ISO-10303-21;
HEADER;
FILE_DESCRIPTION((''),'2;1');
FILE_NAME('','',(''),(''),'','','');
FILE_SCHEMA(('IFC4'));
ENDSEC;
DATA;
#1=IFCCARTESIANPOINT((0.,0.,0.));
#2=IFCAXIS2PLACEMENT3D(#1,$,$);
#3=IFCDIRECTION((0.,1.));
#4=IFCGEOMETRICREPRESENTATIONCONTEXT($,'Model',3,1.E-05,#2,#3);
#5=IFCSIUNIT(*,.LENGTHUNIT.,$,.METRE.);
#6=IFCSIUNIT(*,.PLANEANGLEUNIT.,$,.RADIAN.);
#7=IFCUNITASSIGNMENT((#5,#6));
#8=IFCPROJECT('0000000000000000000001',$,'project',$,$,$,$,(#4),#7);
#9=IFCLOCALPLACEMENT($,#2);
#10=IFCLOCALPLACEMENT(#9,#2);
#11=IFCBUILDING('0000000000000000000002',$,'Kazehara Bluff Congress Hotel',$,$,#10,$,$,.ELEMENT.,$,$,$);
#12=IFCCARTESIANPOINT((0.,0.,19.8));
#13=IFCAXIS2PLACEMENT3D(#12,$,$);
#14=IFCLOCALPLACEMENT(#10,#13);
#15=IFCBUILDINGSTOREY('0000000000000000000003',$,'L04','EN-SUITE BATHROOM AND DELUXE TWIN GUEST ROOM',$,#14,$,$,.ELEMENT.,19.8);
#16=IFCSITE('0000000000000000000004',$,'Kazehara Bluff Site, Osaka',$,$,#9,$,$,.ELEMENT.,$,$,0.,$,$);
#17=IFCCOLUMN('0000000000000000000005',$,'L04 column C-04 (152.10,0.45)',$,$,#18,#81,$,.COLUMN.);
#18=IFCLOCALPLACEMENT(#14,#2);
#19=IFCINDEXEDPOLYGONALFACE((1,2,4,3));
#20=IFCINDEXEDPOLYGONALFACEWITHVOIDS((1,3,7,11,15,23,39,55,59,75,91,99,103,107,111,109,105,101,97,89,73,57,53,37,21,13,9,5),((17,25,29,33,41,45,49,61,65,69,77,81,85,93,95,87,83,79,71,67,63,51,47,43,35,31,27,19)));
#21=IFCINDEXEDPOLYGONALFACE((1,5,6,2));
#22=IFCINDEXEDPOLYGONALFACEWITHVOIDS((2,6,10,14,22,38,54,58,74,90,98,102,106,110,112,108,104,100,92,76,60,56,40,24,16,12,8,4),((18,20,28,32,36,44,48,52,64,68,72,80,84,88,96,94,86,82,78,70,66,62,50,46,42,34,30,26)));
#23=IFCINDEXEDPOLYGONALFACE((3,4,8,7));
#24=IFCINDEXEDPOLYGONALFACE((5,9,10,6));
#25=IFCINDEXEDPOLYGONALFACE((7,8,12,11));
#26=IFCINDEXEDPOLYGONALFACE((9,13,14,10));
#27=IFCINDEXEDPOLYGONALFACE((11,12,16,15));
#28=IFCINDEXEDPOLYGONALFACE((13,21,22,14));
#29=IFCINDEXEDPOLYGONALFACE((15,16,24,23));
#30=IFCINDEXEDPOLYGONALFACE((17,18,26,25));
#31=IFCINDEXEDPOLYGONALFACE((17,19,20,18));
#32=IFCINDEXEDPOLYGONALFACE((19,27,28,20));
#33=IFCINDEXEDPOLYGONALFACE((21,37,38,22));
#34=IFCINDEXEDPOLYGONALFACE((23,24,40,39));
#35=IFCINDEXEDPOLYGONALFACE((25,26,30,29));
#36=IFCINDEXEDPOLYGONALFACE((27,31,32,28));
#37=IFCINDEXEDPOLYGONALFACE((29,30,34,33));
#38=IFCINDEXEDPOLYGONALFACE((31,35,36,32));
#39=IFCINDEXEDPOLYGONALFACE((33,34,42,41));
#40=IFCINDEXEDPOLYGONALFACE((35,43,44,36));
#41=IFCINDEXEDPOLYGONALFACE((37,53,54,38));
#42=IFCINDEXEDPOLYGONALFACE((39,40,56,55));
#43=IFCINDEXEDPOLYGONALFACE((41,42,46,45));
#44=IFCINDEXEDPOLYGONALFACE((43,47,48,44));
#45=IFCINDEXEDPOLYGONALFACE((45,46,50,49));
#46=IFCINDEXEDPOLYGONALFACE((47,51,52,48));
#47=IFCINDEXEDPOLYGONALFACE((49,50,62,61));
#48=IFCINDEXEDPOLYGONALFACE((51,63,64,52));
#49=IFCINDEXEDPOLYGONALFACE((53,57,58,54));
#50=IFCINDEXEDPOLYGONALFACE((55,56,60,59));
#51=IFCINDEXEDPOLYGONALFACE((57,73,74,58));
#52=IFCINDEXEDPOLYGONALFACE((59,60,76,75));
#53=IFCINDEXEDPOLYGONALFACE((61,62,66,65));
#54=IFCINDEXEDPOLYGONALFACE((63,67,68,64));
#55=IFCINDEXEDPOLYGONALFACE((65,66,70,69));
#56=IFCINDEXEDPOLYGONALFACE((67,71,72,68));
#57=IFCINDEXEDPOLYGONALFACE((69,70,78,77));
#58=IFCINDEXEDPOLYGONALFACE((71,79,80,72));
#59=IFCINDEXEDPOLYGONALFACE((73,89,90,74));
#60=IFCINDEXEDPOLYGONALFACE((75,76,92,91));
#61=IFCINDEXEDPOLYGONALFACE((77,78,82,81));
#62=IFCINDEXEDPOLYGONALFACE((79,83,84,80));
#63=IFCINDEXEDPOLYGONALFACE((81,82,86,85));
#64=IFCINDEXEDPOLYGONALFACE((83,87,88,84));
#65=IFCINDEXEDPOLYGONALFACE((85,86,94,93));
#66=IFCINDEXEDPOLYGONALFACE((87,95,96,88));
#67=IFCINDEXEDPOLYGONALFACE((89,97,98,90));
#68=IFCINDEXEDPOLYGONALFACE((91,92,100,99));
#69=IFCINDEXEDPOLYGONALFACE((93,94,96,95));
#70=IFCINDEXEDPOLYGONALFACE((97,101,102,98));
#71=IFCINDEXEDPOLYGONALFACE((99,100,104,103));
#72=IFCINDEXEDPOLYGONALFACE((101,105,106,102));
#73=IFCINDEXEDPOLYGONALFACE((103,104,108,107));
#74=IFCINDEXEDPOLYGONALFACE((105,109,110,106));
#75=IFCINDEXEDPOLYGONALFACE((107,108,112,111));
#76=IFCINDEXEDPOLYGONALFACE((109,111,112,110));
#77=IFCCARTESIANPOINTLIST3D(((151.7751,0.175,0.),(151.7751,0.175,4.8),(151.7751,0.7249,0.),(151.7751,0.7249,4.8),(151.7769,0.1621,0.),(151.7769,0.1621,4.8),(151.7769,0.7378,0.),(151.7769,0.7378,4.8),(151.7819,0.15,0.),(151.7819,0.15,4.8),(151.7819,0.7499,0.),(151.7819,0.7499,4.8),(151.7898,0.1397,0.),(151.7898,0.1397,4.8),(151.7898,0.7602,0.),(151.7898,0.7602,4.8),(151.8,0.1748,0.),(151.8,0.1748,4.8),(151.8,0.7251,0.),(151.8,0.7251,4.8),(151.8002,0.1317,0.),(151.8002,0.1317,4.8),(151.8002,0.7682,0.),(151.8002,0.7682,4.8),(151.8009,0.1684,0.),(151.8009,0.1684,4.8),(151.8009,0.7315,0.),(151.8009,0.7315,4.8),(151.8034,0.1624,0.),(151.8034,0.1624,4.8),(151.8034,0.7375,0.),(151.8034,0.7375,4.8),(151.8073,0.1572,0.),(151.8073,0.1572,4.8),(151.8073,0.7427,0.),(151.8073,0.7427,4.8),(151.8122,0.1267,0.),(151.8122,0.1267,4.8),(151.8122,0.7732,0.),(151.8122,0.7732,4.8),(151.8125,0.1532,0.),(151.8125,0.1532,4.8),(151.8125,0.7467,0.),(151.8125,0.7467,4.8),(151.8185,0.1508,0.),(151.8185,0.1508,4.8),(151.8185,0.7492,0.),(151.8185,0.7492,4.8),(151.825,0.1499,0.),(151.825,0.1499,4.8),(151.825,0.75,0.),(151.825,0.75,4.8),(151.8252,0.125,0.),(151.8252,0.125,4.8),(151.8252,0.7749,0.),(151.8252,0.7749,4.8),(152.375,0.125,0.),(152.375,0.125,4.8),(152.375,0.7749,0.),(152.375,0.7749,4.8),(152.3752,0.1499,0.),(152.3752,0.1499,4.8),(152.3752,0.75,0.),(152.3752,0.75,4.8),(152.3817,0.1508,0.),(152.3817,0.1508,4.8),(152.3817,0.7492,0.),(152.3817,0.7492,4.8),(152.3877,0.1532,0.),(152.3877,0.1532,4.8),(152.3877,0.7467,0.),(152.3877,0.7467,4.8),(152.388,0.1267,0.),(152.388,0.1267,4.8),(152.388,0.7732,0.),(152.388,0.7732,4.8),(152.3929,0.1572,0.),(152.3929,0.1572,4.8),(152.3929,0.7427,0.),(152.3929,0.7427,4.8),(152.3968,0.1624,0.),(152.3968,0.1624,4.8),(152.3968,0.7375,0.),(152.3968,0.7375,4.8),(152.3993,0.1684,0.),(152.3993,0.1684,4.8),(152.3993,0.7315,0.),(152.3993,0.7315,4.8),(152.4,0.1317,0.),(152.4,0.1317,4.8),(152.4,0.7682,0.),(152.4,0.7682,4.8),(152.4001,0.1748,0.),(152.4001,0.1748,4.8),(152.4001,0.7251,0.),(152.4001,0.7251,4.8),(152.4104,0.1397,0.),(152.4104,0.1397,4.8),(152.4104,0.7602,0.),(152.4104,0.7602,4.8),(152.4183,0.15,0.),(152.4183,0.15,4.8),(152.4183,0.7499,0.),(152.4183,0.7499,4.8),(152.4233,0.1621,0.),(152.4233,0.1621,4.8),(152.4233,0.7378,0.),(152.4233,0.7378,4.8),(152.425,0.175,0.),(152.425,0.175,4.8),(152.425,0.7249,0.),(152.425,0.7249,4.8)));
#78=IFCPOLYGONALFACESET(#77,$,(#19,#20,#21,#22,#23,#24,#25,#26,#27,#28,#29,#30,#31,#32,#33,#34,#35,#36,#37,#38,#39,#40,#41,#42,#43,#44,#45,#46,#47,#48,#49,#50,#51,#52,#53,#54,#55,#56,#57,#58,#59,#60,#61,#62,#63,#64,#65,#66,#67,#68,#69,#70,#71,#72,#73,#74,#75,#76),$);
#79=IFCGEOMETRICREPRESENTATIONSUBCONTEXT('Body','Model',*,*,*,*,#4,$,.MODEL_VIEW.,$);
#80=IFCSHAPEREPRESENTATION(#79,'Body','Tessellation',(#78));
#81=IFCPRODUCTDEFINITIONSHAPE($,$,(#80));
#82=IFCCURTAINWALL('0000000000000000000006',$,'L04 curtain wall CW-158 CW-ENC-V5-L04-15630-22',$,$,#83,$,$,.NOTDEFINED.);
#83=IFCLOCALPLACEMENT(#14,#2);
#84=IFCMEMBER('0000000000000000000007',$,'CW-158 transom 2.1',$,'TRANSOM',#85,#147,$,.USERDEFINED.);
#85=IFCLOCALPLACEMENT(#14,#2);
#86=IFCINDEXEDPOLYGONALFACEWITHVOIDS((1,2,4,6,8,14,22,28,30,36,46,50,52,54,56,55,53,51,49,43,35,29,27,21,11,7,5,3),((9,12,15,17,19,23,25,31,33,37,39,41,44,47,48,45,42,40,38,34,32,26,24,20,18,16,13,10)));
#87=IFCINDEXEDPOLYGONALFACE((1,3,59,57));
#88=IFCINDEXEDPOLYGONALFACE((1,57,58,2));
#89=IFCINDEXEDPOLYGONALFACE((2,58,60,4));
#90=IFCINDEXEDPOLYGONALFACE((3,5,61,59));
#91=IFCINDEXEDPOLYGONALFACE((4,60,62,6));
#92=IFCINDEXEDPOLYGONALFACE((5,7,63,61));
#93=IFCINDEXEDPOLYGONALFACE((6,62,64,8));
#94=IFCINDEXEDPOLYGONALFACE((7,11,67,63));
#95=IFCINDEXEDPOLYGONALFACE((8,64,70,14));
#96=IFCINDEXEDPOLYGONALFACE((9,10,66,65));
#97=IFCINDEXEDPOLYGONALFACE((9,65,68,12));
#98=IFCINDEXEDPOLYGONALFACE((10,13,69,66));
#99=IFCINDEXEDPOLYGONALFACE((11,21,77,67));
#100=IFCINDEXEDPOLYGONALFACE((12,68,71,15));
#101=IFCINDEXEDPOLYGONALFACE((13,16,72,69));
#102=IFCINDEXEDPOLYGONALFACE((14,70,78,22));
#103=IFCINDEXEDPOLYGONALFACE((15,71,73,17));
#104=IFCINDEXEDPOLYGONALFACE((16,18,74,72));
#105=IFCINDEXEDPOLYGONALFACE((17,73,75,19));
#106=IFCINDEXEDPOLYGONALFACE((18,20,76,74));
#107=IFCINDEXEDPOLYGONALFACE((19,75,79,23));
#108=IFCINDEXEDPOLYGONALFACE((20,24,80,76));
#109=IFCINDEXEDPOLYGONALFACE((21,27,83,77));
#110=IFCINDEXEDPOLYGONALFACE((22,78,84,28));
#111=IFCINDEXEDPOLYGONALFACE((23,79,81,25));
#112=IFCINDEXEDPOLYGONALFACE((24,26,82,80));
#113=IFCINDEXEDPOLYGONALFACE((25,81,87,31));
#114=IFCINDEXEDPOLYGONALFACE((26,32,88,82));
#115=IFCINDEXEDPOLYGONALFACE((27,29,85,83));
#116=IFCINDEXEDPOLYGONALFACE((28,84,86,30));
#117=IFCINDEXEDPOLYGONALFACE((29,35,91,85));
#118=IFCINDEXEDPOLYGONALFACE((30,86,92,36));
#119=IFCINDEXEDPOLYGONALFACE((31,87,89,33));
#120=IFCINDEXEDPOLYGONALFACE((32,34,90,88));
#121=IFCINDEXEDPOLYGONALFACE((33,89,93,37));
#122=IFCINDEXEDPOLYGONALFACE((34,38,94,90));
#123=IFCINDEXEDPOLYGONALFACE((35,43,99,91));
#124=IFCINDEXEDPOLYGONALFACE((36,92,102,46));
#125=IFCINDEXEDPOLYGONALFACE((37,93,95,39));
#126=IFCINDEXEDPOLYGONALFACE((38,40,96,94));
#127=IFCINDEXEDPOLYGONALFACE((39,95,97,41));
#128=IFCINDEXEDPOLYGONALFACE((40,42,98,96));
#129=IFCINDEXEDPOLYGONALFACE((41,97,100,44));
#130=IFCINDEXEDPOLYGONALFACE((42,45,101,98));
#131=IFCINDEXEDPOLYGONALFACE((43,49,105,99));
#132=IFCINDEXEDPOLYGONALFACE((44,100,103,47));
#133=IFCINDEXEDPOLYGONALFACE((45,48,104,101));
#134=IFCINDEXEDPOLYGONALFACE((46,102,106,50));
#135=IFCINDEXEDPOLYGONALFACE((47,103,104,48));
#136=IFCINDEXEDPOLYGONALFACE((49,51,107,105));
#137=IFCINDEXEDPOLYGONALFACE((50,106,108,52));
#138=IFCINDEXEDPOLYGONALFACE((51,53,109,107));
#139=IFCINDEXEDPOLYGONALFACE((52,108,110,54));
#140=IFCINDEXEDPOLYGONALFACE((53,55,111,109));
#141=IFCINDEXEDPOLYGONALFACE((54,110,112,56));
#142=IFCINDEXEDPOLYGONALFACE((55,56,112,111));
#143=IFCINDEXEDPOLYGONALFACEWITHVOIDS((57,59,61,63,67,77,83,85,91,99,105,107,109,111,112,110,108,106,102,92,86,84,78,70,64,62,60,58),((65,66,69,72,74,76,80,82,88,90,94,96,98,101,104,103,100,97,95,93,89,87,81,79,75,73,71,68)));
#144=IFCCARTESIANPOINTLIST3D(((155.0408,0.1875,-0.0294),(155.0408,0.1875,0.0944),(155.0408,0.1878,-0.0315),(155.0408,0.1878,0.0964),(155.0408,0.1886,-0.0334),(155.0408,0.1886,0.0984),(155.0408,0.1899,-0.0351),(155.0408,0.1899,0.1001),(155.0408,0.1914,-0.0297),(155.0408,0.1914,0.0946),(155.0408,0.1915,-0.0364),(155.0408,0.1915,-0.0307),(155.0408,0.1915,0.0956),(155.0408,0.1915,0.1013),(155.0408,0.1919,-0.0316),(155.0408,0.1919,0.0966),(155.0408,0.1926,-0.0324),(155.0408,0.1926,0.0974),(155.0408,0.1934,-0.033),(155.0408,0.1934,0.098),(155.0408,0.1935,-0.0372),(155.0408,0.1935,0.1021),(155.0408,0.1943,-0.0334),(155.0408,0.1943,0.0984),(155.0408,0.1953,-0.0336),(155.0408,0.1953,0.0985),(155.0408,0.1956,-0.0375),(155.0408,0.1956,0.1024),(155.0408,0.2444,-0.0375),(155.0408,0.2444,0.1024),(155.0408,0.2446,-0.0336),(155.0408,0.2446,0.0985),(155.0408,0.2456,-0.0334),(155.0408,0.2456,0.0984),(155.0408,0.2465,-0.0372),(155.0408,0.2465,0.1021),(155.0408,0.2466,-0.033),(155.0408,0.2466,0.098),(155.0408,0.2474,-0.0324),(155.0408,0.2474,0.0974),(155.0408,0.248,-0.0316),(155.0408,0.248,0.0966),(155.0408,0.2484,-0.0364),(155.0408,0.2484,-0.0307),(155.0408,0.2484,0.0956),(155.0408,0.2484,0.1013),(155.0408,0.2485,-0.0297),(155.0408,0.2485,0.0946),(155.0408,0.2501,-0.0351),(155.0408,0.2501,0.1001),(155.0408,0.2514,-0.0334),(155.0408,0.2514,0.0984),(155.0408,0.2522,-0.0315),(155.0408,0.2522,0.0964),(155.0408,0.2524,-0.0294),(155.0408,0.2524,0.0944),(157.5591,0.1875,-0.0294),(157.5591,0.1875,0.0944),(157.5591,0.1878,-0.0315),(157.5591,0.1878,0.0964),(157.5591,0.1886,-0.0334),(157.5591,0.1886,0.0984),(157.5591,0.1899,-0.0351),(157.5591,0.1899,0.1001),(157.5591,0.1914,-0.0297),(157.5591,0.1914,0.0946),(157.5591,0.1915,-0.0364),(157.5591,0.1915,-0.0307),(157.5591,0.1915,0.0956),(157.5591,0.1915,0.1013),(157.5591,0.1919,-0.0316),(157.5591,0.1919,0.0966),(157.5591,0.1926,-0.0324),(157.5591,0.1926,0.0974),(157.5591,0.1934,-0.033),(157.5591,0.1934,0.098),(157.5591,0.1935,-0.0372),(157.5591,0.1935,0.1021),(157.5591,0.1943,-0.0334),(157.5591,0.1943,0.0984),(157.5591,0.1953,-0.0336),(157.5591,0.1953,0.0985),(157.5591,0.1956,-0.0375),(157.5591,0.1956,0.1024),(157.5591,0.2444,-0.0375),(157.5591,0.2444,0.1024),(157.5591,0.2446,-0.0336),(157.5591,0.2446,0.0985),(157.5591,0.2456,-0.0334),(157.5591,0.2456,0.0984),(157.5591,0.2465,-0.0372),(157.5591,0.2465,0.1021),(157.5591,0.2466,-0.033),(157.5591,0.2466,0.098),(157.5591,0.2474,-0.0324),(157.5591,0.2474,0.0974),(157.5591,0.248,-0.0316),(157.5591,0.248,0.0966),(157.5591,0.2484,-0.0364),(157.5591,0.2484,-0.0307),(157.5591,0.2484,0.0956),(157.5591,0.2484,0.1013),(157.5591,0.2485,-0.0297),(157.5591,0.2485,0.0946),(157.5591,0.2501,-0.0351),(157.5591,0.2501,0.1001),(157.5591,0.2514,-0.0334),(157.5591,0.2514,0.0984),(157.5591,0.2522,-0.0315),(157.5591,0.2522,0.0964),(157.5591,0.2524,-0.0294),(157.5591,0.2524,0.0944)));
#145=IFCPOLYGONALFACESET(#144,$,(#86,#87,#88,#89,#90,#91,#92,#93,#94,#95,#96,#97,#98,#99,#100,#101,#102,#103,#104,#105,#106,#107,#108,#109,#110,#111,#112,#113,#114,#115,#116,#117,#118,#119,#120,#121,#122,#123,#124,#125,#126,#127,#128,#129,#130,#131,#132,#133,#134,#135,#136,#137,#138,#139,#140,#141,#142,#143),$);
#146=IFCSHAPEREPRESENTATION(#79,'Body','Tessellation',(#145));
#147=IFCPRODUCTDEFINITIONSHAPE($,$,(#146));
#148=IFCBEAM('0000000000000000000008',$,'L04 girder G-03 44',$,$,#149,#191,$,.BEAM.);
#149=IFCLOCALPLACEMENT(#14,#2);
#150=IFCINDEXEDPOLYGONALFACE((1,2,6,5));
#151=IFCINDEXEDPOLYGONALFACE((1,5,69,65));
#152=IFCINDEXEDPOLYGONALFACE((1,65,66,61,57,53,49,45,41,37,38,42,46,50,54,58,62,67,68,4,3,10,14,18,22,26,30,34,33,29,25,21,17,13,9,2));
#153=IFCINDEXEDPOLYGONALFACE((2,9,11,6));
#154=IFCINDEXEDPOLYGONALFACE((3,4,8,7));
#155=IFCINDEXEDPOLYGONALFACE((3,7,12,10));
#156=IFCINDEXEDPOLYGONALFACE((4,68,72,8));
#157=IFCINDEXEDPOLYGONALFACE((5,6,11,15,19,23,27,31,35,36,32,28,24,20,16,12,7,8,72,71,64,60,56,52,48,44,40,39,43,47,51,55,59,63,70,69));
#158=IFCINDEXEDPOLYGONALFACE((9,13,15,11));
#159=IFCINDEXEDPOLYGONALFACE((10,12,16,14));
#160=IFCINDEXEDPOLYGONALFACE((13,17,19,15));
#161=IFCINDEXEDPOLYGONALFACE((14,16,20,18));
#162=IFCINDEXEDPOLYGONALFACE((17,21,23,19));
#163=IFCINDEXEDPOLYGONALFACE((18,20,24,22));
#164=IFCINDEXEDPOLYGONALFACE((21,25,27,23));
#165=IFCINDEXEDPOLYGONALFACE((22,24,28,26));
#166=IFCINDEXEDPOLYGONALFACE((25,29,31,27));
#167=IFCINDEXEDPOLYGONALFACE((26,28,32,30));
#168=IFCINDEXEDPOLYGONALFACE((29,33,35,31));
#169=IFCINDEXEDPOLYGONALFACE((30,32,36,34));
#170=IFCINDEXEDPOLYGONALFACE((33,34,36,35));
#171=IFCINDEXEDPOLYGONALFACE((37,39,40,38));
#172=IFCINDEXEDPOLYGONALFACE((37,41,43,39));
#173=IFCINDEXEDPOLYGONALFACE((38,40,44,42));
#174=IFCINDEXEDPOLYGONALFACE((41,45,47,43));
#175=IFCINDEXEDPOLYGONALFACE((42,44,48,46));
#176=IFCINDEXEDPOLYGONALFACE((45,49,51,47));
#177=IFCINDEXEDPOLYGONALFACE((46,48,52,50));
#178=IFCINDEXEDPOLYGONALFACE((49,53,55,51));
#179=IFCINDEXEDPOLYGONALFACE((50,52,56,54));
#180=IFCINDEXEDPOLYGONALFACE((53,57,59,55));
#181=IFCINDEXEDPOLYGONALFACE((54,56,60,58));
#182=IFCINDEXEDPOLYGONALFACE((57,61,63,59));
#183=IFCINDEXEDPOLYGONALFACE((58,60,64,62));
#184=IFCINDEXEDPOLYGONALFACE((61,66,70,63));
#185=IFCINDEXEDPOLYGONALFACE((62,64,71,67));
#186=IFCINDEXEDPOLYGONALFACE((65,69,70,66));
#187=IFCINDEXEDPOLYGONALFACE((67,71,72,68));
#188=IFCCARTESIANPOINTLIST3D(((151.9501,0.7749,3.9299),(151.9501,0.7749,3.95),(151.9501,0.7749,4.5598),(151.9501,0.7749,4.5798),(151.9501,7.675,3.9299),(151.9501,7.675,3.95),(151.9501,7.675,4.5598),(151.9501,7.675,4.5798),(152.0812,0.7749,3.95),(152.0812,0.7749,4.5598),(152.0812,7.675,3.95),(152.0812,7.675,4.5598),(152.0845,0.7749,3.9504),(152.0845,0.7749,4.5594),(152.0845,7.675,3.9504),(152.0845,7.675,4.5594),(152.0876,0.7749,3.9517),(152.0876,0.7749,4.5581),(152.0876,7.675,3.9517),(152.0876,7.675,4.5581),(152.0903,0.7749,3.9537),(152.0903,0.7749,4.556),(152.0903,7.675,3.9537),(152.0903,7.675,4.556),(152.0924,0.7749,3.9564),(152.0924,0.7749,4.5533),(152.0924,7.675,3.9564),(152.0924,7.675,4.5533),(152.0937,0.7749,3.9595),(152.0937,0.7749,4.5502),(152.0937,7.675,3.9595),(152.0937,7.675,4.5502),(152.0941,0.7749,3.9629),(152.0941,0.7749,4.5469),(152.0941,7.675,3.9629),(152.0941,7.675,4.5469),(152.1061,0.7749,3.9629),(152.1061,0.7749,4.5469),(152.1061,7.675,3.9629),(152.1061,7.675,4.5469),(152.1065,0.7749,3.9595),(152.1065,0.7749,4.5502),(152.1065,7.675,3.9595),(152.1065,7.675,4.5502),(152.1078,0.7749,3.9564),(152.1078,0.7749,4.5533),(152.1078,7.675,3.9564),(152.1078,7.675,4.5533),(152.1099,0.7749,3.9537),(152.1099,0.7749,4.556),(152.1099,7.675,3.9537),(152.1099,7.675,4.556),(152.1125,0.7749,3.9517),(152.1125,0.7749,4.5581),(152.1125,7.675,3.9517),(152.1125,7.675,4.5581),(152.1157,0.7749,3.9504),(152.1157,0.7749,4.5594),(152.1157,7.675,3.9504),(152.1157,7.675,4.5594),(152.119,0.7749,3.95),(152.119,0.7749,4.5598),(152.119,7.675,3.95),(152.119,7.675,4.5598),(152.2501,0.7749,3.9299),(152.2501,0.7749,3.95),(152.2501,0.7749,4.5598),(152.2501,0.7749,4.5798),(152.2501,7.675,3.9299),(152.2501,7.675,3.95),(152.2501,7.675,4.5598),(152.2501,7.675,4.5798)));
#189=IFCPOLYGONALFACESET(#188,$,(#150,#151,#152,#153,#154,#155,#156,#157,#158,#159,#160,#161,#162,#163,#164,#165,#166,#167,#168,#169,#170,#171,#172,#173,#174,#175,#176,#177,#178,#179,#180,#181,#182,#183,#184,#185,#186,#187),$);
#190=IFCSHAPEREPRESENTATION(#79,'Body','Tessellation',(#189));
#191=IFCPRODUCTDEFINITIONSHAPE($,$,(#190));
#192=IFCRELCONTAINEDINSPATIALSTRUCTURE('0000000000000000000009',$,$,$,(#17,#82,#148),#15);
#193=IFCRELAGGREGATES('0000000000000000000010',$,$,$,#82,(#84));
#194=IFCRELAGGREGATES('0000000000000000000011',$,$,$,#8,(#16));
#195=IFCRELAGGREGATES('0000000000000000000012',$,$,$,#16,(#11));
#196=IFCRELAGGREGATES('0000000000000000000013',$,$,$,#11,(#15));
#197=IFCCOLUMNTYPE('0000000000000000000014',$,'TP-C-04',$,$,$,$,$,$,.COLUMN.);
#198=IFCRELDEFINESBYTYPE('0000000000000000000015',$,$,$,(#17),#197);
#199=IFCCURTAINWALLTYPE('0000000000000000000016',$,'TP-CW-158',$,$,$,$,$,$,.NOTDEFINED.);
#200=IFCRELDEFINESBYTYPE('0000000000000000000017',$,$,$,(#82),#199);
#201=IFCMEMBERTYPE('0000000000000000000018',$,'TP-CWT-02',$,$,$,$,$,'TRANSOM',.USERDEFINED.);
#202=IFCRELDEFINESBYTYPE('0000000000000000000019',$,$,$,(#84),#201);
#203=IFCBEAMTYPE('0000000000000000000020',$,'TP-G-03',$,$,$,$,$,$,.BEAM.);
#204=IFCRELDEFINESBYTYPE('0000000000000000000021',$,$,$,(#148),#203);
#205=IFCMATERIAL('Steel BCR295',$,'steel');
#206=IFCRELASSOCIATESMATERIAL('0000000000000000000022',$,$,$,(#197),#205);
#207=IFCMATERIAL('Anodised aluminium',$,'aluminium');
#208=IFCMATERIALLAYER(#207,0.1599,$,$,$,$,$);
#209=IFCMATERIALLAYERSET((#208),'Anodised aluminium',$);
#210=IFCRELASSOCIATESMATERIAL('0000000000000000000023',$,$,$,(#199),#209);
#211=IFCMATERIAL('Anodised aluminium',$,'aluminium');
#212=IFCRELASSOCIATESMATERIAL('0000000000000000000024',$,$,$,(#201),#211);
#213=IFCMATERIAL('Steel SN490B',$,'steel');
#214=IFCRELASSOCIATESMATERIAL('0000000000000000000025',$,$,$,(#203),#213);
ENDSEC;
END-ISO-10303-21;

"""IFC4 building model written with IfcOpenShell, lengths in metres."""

from ifc_helpers import new_model, si_unit, direction, frame, origin, origin_2d, place, context, subcontext, project, spatial, hollow_rectangle, i_section, extrude, material, layer, layer_set, material_profile, profile_set, type_object, element, aggregate, save


model = new_model("IFC4")

# Units and contexts
model_context = context("Model", 3, precision=1e-05, world=origin(), true_north=direction((0.0, 1.0)))
body_context = subcontext(model_context, "Body", "Model", "MODEL_VIEW")
ifc_project = project(units=[si_unit("LENGTHUNIT", "METRE"), si_unit("PLANEANGLEUNIT", "RADIAN")], contexts=[model_context])

# Site, building, storey
site_placement = place(None, origin())
site = spatial("IfcSite", under=ifc_project, at=site_placement, Name="Kazehara Bluff Site, Osaka", CompositionType="ELEMENT", RefElevation=0.0)
building_placement = place(site_placement, origin())
building = spatial("IfcBuilding", under=site, at=building_placement, Name="Kazehara Bluff Congress Hotel", CompositionType="ELEMENT")
storey_placement = place(building_placement, frame((0.0, 0.0, 19.8)))
storey = spatial("IfcBuildingStorey", under=building, at=storey_placement, Name="L04", Description="EN-SUITE BATHROOM AND DELUXE TWIN GUEST ROOM", CompositionType="ELEMENT", Elevation=19.8)

# Column
ifc_material_1 = material(Name="Steel BCR295", Category="steel")
ifc_material_profile_1 = material_profile(ifc_material_1, hollow_rectangle(XDim=0.6499, YDim=0.6499, WallThickness=0.0249, InnerFilletRadius=0.0249, OuterFilletRadius=0.05, at=origin_2d()))
ifc_profile_set_1 = profile_set([ifc_material_profile_1], Name="Steel BCR295")
column_type = type_object("IfcColumnType", Name="TP-C-04", PredefinedType="COLUMN", material=ifc_profile_set_1)
column_placement = place(storey_placement, frame((152.1001, 0.45, 0.0), z_axis=(0.0, 0.0, 1.0), x_axis=(1.0, 0.0, 0.0)))
element("IfcColumn", 1, at=column_placement, inside=storey, type_object=column_type, Name="L04 column C-04 (152.10,0.45)", PredefinedType="COLUMN", context=body_context, shape_type="SweptSolid", body=[
    extrude(hollow_rectangle(XDim=0.6499, YDim=0.6499, WallThickness=0.0249, InnerFilletRadius=0.0249, OuterFilletRadius=0.05, at=origin_2d()), origin(), (0.0, 0.0, 1.0), 4.8),
])

# Curtain wall, member
ifc_material_2 = material(Name="Anodised aluminium", Category="aluminium")
ifc_layer_1 = layer(ifc_material_2, 0.1599)
ifc_layer_set_1 = layer_set([ifc_layer_1], Name="Anodised aluminium")
curtain_wall_type = type_object("IfcCurtainWallType", Name="TP-CW-158", PredefinedType="NOTDEFINED", material=ifc_layer_set_1)
curtain_wall_placement = place(storey_placement, origin())
curtain_wall = element("IfcCurtainWall", 2, at=curtain_wall_placement, inside=storey, type_object=curtain_wall_type, Name="L04 curtain wall CW-158 CW-ENC-V5-L04-15630-22", PredefinedType="NOTDEFINED")
ifc_material_3 = material(Name="Anodised aluminium", Category="aluminium")
ifc_material_profile_2 = material_profile(ifc_material_3, hollow_rectangle(XDim=0.0649, YDim=0.1399, WallThickness=0.0039, InnerFilletRadius=0.0039, OuterFilletRadius=0.0081, at=origin_2d()))
ifc_profile_set_2 = profile_set([ifc_material_profile_2], Name="Anodised aluminium")
member_type = type_object("IfcMemberType", Name="TP-CWT-02", ElementType="TRANSOM", PredefinedType="USERDEFINED", material=ifc_profile_set_2)
member_placement = place(storey_placement, frame((157.5591, 0.22, 0.0325), z_axis=(-1.0, 0.0, 0.0), x_axis=(0.0, -1.0, 0.0)))
member = element("IfcMember", 3, at=member_placement, type_object=member_type, Name="CW-158 transom 2.1", ObjectType="TRANSOM", PredefinedType="USERDEFINED", context=body_context, shape_type="SweptSolid", body=[
    extrude(hollow_rectangle(XDim=0.0649, YDim=0.1399, WallThickness=0.0039, InnerFilletRadius=0.0039, OuterFilletRadius=0.0081, at=origin_2d()), origin(), (0.0, 0.0, 1.0), 2.5183),
])

# Beam
ifc_material_4 = material(Name="Steel SN490B", Category="steel")
ifc_material_profile_3 = material_profile(ifc_material_4, i_section(OverallWidth=0.3, OverallDepth=0.6499, WebThickness=0.012, FlangeThickness=0.02, FilletRadius=0.0129, at=origin_2d()))
ifc_profile_set_3 = profile_set([ifc_material_profile_3], Name="Steel SN490B")
beam_type = type_object("IfcBeamType", Name="TP-G-03", PredefinedType="BEAM", material=ifc_profile_set_3)
beam_1_placement = place(storey_placement, frame((152.1001, 0.7749, 4.2549), z_axis=(0.0, 1.0, 0.0), x_axis=(-1.0, 0.0, 0.0)))
element("IfcBeam", 4, at=beam_1_placement, inside=storey, type_object=beam_type, Name="L04 girder G-03 44", PredefinedType="BEAM", context=body_context, shape_type="SweptSolid", body=[
    extrude(i_section(OverallWidth=0.3, OverallDepth=0.6499, WebThickness=0.012, FlangeThickness=0.02, FilletRadius=0.0129, at=origin_2d()), origin(), (0.0, 0.0, 1.0), 6.9001),
])

aggregate(curtain_wall, [member])

save(model, "model.ifc")
